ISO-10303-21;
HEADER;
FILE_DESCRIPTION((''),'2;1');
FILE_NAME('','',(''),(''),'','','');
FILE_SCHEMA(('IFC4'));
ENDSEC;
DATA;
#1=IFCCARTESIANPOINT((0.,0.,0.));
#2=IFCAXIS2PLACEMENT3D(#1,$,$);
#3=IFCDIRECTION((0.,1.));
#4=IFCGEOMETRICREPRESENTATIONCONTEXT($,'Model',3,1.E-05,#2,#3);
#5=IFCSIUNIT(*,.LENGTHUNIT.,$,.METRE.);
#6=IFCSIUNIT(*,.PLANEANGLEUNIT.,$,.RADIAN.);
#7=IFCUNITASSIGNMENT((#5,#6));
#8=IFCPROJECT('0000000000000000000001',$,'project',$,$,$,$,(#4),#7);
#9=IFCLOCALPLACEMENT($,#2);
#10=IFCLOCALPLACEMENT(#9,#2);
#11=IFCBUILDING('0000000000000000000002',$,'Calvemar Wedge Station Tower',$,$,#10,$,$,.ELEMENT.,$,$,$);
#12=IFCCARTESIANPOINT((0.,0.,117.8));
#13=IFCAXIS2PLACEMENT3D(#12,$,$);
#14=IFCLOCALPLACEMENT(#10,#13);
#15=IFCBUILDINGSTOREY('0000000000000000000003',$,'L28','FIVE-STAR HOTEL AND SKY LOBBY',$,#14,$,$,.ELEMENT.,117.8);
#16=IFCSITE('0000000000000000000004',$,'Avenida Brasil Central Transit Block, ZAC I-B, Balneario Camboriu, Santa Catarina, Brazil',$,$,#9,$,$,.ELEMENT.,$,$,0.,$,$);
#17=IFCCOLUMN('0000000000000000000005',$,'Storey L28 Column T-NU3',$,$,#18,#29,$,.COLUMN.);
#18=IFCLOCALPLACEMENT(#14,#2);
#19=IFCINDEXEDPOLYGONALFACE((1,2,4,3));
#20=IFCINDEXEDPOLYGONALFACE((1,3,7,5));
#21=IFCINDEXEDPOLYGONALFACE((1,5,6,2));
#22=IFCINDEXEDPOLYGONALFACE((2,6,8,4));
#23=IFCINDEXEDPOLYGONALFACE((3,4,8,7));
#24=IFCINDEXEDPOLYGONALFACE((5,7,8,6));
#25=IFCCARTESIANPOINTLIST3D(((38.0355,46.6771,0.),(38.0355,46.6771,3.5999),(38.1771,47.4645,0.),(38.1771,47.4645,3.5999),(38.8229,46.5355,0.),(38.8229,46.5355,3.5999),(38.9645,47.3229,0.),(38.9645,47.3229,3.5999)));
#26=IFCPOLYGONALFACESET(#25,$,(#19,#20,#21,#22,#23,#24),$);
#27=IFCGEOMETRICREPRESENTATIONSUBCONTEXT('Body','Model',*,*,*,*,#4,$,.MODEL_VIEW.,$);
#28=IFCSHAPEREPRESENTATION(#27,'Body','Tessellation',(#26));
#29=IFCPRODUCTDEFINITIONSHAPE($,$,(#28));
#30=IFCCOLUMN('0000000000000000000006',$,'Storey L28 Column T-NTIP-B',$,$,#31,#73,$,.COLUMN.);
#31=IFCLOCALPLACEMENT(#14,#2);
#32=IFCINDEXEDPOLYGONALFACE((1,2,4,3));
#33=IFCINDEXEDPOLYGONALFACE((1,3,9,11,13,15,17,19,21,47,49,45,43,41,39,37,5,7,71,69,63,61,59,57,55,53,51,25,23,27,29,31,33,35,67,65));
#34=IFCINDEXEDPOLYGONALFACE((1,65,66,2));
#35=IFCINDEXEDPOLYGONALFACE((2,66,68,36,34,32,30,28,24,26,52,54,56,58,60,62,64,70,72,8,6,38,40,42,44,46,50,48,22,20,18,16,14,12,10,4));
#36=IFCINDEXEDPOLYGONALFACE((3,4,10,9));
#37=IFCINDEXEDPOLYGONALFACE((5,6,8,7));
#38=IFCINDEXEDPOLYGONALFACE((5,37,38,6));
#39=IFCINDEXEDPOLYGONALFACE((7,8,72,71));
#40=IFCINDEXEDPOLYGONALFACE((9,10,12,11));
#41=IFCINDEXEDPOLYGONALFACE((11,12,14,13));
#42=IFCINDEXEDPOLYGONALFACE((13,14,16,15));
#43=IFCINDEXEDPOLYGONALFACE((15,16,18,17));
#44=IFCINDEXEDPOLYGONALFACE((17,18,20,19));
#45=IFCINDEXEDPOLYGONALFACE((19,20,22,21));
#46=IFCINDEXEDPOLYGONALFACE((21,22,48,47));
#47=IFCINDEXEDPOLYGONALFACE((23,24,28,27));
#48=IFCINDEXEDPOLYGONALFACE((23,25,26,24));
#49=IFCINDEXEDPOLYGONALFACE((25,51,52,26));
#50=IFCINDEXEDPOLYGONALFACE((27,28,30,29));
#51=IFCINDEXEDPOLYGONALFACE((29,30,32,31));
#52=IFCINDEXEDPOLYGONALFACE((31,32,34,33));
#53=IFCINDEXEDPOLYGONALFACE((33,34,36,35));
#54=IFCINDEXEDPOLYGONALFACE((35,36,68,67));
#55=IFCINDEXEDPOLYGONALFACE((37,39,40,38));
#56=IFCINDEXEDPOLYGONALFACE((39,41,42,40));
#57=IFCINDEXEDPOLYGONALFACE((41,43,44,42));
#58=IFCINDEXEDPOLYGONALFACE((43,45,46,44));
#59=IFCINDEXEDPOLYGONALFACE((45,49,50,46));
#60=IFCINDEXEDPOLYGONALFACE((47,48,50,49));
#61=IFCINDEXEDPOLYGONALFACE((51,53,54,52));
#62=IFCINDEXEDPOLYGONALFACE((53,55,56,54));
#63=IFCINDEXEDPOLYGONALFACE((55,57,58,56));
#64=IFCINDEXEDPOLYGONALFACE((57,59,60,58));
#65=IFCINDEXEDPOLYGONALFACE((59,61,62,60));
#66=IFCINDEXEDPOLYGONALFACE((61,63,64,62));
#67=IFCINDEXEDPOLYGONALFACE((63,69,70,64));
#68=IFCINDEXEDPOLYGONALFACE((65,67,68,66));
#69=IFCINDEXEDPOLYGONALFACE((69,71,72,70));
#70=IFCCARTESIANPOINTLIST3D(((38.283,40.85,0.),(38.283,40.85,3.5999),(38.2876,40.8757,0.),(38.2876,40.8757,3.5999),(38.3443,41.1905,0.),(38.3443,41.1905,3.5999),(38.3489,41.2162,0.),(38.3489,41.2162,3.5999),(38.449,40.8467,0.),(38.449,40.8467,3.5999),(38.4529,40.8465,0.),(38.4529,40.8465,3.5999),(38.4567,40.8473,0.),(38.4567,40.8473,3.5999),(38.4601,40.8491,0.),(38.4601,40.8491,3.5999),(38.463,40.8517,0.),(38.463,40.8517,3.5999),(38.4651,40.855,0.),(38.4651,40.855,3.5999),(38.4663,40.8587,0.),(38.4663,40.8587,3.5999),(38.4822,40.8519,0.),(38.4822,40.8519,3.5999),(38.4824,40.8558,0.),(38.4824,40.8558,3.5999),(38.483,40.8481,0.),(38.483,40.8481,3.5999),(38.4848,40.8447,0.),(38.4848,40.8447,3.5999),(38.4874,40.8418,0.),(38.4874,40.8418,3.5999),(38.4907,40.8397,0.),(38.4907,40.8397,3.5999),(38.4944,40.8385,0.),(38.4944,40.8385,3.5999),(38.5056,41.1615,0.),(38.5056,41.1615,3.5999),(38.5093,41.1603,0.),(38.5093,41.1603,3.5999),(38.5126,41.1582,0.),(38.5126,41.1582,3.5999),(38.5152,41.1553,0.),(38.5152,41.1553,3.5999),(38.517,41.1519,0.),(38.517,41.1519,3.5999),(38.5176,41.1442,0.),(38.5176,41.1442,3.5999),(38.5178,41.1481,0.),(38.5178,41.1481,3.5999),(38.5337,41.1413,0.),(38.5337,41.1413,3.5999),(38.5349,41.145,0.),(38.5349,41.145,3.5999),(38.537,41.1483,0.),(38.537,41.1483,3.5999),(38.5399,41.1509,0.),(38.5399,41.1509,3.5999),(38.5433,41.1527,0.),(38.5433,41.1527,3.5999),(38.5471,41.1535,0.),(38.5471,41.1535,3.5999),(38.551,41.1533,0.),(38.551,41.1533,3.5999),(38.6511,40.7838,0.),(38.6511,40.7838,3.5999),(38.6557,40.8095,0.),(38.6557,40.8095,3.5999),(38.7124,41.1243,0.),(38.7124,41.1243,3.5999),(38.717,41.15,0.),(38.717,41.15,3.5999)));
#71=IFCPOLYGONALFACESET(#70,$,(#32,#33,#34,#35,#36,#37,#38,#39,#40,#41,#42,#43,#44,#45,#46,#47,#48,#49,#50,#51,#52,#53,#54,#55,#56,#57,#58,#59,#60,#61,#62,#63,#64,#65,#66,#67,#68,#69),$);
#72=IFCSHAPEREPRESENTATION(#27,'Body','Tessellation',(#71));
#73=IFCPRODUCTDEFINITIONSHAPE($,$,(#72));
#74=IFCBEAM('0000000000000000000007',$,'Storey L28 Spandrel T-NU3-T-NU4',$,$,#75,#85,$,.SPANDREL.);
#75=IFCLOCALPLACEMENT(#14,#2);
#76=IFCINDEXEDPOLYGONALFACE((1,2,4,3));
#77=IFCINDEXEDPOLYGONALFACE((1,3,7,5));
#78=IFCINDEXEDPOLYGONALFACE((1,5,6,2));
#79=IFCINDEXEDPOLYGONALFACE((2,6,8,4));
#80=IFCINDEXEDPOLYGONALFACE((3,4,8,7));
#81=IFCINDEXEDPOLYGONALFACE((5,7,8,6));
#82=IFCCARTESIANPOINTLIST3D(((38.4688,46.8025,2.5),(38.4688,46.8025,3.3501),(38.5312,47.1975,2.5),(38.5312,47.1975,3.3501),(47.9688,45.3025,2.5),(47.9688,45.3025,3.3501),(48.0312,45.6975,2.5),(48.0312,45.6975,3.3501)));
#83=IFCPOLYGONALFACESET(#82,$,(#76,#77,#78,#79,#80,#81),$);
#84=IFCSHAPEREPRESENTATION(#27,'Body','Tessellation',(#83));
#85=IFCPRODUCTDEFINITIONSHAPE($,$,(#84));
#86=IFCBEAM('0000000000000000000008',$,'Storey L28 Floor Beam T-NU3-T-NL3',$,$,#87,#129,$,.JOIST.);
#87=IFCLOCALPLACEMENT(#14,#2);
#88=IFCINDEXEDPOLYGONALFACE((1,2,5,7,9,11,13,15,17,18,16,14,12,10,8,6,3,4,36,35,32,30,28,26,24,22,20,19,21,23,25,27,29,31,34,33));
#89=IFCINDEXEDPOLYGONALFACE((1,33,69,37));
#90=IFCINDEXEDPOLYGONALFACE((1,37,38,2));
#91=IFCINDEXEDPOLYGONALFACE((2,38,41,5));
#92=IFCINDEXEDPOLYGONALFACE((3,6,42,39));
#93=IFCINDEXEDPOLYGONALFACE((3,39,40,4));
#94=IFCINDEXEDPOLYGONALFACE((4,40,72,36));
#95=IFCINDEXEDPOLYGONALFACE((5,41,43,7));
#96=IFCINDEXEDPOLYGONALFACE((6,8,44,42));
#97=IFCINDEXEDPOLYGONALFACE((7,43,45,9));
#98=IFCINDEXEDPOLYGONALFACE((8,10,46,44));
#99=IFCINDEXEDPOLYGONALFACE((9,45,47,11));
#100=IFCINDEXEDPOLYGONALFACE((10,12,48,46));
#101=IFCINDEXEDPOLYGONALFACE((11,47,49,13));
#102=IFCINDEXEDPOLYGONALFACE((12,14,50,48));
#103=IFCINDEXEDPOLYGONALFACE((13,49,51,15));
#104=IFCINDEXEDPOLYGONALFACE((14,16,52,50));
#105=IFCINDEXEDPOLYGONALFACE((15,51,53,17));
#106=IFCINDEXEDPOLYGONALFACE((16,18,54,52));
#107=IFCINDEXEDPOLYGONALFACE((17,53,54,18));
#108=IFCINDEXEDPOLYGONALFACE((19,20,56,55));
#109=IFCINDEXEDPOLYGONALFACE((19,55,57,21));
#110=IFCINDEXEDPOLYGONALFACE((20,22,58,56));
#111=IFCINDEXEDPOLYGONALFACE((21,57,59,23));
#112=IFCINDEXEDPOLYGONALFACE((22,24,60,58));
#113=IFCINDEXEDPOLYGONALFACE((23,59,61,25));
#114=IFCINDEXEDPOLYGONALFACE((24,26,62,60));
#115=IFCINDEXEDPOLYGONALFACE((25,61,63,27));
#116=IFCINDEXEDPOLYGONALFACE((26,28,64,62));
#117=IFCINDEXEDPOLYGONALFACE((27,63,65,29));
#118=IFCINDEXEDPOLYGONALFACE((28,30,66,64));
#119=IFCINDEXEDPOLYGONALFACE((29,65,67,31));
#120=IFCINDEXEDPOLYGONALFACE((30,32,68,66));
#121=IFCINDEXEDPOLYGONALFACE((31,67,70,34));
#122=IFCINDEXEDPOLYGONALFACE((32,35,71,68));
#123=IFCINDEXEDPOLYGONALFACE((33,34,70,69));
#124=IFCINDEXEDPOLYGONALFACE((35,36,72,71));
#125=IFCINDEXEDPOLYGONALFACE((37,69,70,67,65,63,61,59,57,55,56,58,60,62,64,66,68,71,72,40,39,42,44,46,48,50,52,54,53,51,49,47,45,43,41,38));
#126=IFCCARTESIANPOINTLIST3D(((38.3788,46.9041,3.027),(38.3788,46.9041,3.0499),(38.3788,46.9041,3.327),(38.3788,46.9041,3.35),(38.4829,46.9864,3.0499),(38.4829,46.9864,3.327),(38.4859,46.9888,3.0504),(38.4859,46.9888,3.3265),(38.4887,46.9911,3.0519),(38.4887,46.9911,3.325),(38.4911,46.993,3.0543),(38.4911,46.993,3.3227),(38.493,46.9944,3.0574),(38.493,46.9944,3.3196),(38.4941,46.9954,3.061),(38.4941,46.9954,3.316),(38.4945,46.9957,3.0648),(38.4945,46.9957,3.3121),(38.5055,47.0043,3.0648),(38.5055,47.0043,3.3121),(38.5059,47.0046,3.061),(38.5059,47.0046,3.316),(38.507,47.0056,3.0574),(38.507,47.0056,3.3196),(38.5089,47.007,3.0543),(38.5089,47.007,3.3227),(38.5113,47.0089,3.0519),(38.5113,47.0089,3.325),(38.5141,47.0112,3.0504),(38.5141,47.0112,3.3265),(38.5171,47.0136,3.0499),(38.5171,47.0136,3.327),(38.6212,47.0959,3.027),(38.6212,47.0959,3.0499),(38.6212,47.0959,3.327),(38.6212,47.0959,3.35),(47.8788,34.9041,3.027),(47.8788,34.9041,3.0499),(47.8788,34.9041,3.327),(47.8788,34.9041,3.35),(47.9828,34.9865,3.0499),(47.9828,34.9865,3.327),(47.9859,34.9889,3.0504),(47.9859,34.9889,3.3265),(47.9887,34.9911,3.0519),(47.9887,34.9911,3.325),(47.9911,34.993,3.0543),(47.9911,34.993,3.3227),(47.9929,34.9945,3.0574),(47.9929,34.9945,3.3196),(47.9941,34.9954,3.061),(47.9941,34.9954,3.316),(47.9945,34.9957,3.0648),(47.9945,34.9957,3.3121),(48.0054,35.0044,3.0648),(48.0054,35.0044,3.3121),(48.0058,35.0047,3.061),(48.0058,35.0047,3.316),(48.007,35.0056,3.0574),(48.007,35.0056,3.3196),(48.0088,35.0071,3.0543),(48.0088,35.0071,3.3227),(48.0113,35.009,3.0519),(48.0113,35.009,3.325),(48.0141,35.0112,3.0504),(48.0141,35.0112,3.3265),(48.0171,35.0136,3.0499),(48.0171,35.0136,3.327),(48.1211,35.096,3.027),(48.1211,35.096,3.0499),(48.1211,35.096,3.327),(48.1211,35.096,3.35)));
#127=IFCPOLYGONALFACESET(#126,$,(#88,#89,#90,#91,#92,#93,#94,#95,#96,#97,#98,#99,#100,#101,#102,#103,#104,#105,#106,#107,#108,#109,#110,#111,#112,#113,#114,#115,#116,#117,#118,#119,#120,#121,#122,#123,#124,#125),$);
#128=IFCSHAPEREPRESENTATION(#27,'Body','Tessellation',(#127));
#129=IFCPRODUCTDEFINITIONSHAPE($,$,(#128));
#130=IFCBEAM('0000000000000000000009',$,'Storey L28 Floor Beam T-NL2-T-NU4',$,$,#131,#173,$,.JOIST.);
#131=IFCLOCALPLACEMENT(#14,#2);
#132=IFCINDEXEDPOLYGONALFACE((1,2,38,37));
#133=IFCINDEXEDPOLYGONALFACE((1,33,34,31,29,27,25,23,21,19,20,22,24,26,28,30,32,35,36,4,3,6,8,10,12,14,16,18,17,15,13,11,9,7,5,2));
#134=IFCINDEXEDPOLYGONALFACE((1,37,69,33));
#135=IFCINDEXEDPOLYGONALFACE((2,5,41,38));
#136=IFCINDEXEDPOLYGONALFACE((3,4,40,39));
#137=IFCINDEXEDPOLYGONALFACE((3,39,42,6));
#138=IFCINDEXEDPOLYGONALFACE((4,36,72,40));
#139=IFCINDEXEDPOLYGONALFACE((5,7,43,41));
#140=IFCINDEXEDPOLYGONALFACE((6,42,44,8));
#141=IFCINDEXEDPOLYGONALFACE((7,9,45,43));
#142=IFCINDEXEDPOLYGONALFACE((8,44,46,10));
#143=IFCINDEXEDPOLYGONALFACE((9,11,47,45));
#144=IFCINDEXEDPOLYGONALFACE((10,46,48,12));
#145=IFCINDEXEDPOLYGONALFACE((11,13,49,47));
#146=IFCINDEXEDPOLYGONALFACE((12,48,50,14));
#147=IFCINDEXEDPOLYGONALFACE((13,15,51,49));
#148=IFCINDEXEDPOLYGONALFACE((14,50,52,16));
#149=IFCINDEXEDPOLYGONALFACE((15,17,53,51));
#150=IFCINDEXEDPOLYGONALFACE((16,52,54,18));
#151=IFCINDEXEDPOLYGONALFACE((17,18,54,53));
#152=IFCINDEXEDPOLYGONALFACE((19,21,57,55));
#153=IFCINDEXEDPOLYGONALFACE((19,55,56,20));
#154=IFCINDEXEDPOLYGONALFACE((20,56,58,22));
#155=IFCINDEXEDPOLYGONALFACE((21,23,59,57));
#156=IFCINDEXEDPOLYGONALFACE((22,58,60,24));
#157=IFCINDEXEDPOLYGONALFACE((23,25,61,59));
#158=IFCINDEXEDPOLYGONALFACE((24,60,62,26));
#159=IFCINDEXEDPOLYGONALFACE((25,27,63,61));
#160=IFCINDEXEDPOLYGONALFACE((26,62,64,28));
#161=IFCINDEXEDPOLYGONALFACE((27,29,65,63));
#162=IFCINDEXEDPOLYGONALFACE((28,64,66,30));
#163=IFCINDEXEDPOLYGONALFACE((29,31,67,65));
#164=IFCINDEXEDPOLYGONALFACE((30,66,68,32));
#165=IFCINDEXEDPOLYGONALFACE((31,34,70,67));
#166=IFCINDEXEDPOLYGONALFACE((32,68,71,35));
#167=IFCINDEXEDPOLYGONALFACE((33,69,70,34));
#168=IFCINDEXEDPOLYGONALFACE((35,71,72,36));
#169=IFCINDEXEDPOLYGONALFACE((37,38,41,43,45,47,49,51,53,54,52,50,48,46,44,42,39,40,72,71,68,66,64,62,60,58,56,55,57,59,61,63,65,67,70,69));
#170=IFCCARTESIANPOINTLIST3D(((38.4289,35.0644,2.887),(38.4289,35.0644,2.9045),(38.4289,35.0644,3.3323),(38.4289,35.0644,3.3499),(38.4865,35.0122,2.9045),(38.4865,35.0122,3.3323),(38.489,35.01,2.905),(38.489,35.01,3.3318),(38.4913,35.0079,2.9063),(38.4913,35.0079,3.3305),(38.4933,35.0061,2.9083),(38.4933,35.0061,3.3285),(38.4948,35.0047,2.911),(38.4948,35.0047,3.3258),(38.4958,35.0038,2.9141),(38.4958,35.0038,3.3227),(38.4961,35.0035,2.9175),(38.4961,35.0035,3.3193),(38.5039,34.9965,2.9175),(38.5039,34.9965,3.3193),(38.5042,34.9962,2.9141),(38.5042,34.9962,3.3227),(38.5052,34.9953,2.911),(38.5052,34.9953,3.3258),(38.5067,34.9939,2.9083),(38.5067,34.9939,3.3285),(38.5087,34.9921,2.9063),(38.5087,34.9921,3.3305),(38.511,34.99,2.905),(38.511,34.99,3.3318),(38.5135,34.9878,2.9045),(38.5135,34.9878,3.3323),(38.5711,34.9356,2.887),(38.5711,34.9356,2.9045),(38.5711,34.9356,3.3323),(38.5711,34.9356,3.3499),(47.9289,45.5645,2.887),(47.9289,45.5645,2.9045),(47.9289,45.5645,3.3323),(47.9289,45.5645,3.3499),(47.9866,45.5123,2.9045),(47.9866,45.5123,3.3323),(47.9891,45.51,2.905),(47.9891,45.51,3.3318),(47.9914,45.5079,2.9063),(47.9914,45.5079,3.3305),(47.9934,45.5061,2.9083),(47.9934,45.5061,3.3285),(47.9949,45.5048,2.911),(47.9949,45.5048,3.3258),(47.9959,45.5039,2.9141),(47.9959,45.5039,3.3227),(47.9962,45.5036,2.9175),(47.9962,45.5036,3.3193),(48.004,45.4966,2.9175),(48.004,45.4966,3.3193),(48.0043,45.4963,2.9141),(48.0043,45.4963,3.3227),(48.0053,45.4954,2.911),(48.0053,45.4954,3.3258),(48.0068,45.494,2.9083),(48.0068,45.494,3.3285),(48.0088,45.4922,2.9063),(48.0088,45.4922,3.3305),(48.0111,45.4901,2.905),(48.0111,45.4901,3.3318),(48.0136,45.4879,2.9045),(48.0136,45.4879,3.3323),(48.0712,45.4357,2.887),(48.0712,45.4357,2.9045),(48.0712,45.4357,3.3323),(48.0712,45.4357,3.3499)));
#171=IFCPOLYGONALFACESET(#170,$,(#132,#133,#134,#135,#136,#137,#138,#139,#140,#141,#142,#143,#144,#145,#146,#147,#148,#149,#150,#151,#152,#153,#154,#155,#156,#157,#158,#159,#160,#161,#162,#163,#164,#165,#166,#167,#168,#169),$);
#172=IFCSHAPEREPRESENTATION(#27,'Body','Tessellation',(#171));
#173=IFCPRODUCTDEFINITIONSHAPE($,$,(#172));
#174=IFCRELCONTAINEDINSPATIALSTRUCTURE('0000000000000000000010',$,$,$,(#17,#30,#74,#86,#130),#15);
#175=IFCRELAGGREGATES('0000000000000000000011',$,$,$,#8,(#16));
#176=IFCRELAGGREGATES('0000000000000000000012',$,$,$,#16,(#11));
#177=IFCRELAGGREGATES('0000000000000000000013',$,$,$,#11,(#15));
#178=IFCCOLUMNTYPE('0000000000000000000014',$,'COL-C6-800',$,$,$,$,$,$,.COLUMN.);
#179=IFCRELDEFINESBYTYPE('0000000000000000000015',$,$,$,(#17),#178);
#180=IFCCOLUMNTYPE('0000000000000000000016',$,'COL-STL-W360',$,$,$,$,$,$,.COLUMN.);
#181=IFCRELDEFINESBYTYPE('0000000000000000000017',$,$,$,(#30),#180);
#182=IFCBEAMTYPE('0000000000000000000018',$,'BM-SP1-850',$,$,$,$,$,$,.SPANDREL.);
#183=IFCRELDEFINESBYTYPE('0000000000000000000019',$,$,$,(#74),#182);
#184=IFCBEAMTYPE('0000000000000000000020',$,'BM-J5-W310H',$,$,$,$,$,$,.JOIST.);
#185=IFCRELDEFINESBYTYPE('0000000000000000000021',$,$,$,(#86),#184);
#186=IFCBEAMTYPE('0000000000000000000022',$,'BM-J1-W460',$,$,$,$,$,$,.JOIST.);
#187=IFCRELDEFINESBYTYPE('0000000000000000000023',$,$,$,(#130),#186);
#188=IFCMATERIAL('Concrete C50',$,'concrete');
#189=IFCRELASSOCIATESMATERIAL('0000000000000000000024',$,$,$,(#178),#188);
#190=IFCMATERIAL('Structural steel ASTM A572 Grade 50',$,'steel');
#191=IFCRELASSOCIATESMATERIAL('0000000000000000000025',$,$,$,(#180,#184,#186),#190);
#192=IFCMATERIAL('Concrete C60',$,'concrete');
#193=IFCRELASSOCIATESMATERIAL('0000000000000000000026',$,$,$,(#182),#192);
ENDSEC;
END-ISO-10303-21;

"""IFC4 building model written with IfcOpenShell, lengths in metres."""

from ifc_helpers import new_model, si_unit, direction, frame, origin, origin_2d, place, context, subcontext, project, spatial, rectangle, i_section, extrude, source, transform, mapped, material, material_profile, profile_set, type_object, element, save


model = new_model("IFC4")

# Units and contexts
model_context = context("Model", 3, precision=1e-05, world=origin(), true_north=direction((0.0, 1.0)))
body_context = subcontext(model_context, "Body", "Model", "MODEL_VIEW")
ifc_project = project(units=[si_unit("LENGTHUNIT", "METRE"), si_unit("PLANEANGLEUNIT", "RADIAN")], contexts=[model_context])

# Site, building, storey
site_placement = place(None, origin())
site = spatial("IfcSite", under=ifc_project, at=site_placement, Name="Avenida Brasil Central Transit Block, ZAC I-B, Balneario Camboriu, Santa Catarina, Brazil", CompositionType="ELEMENT", RefElevation=0.0)
building_placement = place(site_placement, origin())
building = spatial("IfcBuilding", under=site, at=building_placement, Name="Calvemar Wedge Station Tower", CompositionType="ELEMENT")
storey_placement = place(building_placement, frame((0.0, 0.0, 117.8)))
storey = spatial("IfcBuildingStorey", under=building, at=storey_placement, Name="L28", Description="FIVE-STAR HOTEL AND SKY LOBBY", CompositionType="ELEMENT", Elevation=117.8)

# Columns
ifc_material_1 = material(Name="Concrete C50", Category="concrete")
ifc_material_profile_1 = material_profile(ifc_material_1, rectangle(XDim=0.8, YDim=0.8, at=origin_2d()), Name="RC800x800")
ifc_profile_set_1 = profile_set([ifc_material_profile_1], Name="Concrete C50")
column_type_1 = type_object("IfcColumnType", Name="COL-C6-800", PredefinedType="COLUMN", material=ifc_profile_set_1)
shared_shape_1 = source(origin(), body_context, "Body", "SweptSolid", [
    extrude(rectangle(XDim=0.8, YDim=0.8, at=origin_2d()), origin(), (0.0, 0.0, 1.0), 3.5999),
])
column_1_placement = place(storey_placement, frame((38.5, 47.0, 0.0), z_axis=(0.0, 0.0, 1.0), x_axis=(0.984196, -0.177085, 0.0)))
element("IfcColumn", 1, at=column_1_placement, inside=storey, type_object=column_type_1, Name="Storey L28 Column T-NU3", PredefinedType="COLUMN", context=body_context, shape_type="MappedRepresentation", body=[
    mapped(shared_shape_1, transform((0.0, 0.0, 0.0), scale=1.0)),
])
ifc_material_2 = material(Name="Structural steel ASTM A572 Grade 50", Category="steel")
ifc_material_profile_2 = material_profile(ifc_material_2, i_section(OverallWidth=0.374, OverallDepth=0.3721, WebThickness=0.0164, FlangeThickness=0.0261, FilletRadius=0.0149, at=origin_2d()), Name="W360x196")
ifc_profile_set_2 = profile_set([ifc_material_profile_2], Name="Structural steel ASTM A572 Grade 50")
column_type_2 = type_object("IfcColumnType", Name="COL-STL-W360", PredefinedType="COLUMN", material=ifc_profile_set_2)
shared_shape_2 = source(origin(), body_context, "Body", "SweptSolid", [
    extrude(i_section(OverallWidth=0.374, OverallDepth=0.3721, WebThickness=0.0164, FlangeThickness=0.0261, FilletRadius=0.0149, at=origin_2d()), origin(), (0.0, 0.0, 1.0), 3.5999),
])
column_2_placement = place(storey_placement, frame((38.5, 41.0, 0.0), z_axis=(0.0, 0.0, 1.0), x_axis=(0.984196, -0.177085, 0.0)))
element("IfcColumn", 2, at=column_2_placement, inside=storey, type_object=column_type_2, Name="Storey L28 Column T-NTIP-B", PredefinedType="COLUMN", context=body_context, shape_type="MappedRepresentation", body=[
    mapped(shared_shape_2, transform((0.0, 0.0, 0.0), scale=1.0)),
])

# Beams
ifc_material_3 = material(Name="Concrete C60", Category="concrete")
ifc_material_profile_3 = material_profile(ifc_material_3, rectangle(XDim=0.3999, YDim=0.8501, at=origin_2d()), Name="RC400x850")
ifc_profile_set_3 = profile_set([ifc_material_profile_3], Name="Concrete C60")
beam_type_1 = type_object("IfcBeamType", Name="BM-SP1-850", PredefinedType="SPANDREL", material=ifc_profile_set_3)
shared_shape_3 = source(origin(), body_context, "Body", "SweptSolid", [
    extrude(rectangle(XDim=0.3999, YDim=0.8501, at=origin_2d()), origin(), (0.0, 0.0, 1.0), 9.6177),
])
beam_1_placement = place(storey_placement, frame((38.5, 47.0, 2.925), z_axis=(0.987763, -0.155963, 0.0), x_axis=(0.155963, 0.987763, 0.0)))
element("IfcBeam", 3, at=beam_1_placement, inside=storey, type_object=beam_type_1, Name="Storey L28 Spandrel T-NU3-T-NU4", PredefinedType="SPANDREL", context=body_context, shape_type="MappedRepresentation", body=[
    mapped(shared_shape_3, transform((0.0, 0.0, 0.0), scale=1.0)),
])
ifc_material_profile_4 = material_profile(ifc_material_2, i_section(OverallWidth=0.3091, OverallDepth=0.323, WebThickness=0.0139, FlangeThickness=0.0229, FilletRadius=0.0149, at=origin_2d()), Name="W310x143")
ifc_profile_set_4 = profile_set([ifc_material_profile_4], Name="Structural steel ASTM A572 Grade 50")
beam_type_2 = type_object("IfcBeamType", Name="BM-J5-W310H", PredefinedType="JOIST", material=ifc_profile_set_4)
shared_shape_4 = source(origin(), body_context, "Body", "SweptSolid", [
    extrude(i_section(OverallWidth=0.3091, OverallDepth=0.323, WebThickness=0.0139, FlangeThickness=0.0229, FilletRadius=0.0149, at=origin_2d()), origin(), (0.0, 0.0, 1.0), 15.3052),
])
beam_2_placement = place(storey_placement, frame((38.5, 47.0, 3.1885), z_axis=(0.620703, -0.784046, 0.0), x_axis=(0.784046, 0.620703, 0.0)))
element("IfcBeam", 4, at=beam_2_placement, inside=storey, type_object=beam_type_2, Name="Storey L28 Floor Beam T-NU3-T-NL3", PredefinedType="JOIST", context=body_context, shape_type="MappedRepresentation", body=[
    mapped(shared_shape_4, transform((0.0, 0.0, 0.0), scale=1.0)),
])
ifc_material_profile_5 = material_profile(ifc_material_2, i_section(OverallWidth=0.1919, OverallDepth=0.4629, WebThickness=0.0105, FlangeThickness=0.0176, FilletRadius=0.0129, at=origin_2d()), Name="W460x89")
ifc_profile_set_5 = profile_set([ifc_material_profile_5], Name="Structural steel ASTM A572 Grade 50")
beam_type_3 = type_object("IfcBeamType", Name="BM-J1-W460", PredefinedType="JOIST", material=ifc_profile_set_5)
shared_shape_5 = source(origin(), body_context, "Body", "SweptSolid", [
    extrude(i_section(OverallWidth=0.1919, OverallDepth=0.4629, WebThickness=0.0105, FlangeThickness=0.0176, FilletRadius=0.0129, at=origin_2d()), origin(), (0.0, 0.0, 1.0), 14.1599),
])
beam_3_placement = place(storey_placement, frame((38.5, 35.0, 3.1184), z_axis=(0.670913, 0.741536, 0.0), x_axis=(-0.741536, 0.670913, 0.0)))
element("IfcBeam", 5, at=beam_3_placement, inside=storey, type_object=beam_type_3, Name="Storey L28 Floor Beam T-NL2-T-NU4", PredefinedType="JOIST", context=body_context, shape_type="MappedRepresentation", body=[
    mapped(shared_shape_5, transform((0.0, 0.0, 0.0), scale=1.0)),
])

save(model, "model.ifc")
